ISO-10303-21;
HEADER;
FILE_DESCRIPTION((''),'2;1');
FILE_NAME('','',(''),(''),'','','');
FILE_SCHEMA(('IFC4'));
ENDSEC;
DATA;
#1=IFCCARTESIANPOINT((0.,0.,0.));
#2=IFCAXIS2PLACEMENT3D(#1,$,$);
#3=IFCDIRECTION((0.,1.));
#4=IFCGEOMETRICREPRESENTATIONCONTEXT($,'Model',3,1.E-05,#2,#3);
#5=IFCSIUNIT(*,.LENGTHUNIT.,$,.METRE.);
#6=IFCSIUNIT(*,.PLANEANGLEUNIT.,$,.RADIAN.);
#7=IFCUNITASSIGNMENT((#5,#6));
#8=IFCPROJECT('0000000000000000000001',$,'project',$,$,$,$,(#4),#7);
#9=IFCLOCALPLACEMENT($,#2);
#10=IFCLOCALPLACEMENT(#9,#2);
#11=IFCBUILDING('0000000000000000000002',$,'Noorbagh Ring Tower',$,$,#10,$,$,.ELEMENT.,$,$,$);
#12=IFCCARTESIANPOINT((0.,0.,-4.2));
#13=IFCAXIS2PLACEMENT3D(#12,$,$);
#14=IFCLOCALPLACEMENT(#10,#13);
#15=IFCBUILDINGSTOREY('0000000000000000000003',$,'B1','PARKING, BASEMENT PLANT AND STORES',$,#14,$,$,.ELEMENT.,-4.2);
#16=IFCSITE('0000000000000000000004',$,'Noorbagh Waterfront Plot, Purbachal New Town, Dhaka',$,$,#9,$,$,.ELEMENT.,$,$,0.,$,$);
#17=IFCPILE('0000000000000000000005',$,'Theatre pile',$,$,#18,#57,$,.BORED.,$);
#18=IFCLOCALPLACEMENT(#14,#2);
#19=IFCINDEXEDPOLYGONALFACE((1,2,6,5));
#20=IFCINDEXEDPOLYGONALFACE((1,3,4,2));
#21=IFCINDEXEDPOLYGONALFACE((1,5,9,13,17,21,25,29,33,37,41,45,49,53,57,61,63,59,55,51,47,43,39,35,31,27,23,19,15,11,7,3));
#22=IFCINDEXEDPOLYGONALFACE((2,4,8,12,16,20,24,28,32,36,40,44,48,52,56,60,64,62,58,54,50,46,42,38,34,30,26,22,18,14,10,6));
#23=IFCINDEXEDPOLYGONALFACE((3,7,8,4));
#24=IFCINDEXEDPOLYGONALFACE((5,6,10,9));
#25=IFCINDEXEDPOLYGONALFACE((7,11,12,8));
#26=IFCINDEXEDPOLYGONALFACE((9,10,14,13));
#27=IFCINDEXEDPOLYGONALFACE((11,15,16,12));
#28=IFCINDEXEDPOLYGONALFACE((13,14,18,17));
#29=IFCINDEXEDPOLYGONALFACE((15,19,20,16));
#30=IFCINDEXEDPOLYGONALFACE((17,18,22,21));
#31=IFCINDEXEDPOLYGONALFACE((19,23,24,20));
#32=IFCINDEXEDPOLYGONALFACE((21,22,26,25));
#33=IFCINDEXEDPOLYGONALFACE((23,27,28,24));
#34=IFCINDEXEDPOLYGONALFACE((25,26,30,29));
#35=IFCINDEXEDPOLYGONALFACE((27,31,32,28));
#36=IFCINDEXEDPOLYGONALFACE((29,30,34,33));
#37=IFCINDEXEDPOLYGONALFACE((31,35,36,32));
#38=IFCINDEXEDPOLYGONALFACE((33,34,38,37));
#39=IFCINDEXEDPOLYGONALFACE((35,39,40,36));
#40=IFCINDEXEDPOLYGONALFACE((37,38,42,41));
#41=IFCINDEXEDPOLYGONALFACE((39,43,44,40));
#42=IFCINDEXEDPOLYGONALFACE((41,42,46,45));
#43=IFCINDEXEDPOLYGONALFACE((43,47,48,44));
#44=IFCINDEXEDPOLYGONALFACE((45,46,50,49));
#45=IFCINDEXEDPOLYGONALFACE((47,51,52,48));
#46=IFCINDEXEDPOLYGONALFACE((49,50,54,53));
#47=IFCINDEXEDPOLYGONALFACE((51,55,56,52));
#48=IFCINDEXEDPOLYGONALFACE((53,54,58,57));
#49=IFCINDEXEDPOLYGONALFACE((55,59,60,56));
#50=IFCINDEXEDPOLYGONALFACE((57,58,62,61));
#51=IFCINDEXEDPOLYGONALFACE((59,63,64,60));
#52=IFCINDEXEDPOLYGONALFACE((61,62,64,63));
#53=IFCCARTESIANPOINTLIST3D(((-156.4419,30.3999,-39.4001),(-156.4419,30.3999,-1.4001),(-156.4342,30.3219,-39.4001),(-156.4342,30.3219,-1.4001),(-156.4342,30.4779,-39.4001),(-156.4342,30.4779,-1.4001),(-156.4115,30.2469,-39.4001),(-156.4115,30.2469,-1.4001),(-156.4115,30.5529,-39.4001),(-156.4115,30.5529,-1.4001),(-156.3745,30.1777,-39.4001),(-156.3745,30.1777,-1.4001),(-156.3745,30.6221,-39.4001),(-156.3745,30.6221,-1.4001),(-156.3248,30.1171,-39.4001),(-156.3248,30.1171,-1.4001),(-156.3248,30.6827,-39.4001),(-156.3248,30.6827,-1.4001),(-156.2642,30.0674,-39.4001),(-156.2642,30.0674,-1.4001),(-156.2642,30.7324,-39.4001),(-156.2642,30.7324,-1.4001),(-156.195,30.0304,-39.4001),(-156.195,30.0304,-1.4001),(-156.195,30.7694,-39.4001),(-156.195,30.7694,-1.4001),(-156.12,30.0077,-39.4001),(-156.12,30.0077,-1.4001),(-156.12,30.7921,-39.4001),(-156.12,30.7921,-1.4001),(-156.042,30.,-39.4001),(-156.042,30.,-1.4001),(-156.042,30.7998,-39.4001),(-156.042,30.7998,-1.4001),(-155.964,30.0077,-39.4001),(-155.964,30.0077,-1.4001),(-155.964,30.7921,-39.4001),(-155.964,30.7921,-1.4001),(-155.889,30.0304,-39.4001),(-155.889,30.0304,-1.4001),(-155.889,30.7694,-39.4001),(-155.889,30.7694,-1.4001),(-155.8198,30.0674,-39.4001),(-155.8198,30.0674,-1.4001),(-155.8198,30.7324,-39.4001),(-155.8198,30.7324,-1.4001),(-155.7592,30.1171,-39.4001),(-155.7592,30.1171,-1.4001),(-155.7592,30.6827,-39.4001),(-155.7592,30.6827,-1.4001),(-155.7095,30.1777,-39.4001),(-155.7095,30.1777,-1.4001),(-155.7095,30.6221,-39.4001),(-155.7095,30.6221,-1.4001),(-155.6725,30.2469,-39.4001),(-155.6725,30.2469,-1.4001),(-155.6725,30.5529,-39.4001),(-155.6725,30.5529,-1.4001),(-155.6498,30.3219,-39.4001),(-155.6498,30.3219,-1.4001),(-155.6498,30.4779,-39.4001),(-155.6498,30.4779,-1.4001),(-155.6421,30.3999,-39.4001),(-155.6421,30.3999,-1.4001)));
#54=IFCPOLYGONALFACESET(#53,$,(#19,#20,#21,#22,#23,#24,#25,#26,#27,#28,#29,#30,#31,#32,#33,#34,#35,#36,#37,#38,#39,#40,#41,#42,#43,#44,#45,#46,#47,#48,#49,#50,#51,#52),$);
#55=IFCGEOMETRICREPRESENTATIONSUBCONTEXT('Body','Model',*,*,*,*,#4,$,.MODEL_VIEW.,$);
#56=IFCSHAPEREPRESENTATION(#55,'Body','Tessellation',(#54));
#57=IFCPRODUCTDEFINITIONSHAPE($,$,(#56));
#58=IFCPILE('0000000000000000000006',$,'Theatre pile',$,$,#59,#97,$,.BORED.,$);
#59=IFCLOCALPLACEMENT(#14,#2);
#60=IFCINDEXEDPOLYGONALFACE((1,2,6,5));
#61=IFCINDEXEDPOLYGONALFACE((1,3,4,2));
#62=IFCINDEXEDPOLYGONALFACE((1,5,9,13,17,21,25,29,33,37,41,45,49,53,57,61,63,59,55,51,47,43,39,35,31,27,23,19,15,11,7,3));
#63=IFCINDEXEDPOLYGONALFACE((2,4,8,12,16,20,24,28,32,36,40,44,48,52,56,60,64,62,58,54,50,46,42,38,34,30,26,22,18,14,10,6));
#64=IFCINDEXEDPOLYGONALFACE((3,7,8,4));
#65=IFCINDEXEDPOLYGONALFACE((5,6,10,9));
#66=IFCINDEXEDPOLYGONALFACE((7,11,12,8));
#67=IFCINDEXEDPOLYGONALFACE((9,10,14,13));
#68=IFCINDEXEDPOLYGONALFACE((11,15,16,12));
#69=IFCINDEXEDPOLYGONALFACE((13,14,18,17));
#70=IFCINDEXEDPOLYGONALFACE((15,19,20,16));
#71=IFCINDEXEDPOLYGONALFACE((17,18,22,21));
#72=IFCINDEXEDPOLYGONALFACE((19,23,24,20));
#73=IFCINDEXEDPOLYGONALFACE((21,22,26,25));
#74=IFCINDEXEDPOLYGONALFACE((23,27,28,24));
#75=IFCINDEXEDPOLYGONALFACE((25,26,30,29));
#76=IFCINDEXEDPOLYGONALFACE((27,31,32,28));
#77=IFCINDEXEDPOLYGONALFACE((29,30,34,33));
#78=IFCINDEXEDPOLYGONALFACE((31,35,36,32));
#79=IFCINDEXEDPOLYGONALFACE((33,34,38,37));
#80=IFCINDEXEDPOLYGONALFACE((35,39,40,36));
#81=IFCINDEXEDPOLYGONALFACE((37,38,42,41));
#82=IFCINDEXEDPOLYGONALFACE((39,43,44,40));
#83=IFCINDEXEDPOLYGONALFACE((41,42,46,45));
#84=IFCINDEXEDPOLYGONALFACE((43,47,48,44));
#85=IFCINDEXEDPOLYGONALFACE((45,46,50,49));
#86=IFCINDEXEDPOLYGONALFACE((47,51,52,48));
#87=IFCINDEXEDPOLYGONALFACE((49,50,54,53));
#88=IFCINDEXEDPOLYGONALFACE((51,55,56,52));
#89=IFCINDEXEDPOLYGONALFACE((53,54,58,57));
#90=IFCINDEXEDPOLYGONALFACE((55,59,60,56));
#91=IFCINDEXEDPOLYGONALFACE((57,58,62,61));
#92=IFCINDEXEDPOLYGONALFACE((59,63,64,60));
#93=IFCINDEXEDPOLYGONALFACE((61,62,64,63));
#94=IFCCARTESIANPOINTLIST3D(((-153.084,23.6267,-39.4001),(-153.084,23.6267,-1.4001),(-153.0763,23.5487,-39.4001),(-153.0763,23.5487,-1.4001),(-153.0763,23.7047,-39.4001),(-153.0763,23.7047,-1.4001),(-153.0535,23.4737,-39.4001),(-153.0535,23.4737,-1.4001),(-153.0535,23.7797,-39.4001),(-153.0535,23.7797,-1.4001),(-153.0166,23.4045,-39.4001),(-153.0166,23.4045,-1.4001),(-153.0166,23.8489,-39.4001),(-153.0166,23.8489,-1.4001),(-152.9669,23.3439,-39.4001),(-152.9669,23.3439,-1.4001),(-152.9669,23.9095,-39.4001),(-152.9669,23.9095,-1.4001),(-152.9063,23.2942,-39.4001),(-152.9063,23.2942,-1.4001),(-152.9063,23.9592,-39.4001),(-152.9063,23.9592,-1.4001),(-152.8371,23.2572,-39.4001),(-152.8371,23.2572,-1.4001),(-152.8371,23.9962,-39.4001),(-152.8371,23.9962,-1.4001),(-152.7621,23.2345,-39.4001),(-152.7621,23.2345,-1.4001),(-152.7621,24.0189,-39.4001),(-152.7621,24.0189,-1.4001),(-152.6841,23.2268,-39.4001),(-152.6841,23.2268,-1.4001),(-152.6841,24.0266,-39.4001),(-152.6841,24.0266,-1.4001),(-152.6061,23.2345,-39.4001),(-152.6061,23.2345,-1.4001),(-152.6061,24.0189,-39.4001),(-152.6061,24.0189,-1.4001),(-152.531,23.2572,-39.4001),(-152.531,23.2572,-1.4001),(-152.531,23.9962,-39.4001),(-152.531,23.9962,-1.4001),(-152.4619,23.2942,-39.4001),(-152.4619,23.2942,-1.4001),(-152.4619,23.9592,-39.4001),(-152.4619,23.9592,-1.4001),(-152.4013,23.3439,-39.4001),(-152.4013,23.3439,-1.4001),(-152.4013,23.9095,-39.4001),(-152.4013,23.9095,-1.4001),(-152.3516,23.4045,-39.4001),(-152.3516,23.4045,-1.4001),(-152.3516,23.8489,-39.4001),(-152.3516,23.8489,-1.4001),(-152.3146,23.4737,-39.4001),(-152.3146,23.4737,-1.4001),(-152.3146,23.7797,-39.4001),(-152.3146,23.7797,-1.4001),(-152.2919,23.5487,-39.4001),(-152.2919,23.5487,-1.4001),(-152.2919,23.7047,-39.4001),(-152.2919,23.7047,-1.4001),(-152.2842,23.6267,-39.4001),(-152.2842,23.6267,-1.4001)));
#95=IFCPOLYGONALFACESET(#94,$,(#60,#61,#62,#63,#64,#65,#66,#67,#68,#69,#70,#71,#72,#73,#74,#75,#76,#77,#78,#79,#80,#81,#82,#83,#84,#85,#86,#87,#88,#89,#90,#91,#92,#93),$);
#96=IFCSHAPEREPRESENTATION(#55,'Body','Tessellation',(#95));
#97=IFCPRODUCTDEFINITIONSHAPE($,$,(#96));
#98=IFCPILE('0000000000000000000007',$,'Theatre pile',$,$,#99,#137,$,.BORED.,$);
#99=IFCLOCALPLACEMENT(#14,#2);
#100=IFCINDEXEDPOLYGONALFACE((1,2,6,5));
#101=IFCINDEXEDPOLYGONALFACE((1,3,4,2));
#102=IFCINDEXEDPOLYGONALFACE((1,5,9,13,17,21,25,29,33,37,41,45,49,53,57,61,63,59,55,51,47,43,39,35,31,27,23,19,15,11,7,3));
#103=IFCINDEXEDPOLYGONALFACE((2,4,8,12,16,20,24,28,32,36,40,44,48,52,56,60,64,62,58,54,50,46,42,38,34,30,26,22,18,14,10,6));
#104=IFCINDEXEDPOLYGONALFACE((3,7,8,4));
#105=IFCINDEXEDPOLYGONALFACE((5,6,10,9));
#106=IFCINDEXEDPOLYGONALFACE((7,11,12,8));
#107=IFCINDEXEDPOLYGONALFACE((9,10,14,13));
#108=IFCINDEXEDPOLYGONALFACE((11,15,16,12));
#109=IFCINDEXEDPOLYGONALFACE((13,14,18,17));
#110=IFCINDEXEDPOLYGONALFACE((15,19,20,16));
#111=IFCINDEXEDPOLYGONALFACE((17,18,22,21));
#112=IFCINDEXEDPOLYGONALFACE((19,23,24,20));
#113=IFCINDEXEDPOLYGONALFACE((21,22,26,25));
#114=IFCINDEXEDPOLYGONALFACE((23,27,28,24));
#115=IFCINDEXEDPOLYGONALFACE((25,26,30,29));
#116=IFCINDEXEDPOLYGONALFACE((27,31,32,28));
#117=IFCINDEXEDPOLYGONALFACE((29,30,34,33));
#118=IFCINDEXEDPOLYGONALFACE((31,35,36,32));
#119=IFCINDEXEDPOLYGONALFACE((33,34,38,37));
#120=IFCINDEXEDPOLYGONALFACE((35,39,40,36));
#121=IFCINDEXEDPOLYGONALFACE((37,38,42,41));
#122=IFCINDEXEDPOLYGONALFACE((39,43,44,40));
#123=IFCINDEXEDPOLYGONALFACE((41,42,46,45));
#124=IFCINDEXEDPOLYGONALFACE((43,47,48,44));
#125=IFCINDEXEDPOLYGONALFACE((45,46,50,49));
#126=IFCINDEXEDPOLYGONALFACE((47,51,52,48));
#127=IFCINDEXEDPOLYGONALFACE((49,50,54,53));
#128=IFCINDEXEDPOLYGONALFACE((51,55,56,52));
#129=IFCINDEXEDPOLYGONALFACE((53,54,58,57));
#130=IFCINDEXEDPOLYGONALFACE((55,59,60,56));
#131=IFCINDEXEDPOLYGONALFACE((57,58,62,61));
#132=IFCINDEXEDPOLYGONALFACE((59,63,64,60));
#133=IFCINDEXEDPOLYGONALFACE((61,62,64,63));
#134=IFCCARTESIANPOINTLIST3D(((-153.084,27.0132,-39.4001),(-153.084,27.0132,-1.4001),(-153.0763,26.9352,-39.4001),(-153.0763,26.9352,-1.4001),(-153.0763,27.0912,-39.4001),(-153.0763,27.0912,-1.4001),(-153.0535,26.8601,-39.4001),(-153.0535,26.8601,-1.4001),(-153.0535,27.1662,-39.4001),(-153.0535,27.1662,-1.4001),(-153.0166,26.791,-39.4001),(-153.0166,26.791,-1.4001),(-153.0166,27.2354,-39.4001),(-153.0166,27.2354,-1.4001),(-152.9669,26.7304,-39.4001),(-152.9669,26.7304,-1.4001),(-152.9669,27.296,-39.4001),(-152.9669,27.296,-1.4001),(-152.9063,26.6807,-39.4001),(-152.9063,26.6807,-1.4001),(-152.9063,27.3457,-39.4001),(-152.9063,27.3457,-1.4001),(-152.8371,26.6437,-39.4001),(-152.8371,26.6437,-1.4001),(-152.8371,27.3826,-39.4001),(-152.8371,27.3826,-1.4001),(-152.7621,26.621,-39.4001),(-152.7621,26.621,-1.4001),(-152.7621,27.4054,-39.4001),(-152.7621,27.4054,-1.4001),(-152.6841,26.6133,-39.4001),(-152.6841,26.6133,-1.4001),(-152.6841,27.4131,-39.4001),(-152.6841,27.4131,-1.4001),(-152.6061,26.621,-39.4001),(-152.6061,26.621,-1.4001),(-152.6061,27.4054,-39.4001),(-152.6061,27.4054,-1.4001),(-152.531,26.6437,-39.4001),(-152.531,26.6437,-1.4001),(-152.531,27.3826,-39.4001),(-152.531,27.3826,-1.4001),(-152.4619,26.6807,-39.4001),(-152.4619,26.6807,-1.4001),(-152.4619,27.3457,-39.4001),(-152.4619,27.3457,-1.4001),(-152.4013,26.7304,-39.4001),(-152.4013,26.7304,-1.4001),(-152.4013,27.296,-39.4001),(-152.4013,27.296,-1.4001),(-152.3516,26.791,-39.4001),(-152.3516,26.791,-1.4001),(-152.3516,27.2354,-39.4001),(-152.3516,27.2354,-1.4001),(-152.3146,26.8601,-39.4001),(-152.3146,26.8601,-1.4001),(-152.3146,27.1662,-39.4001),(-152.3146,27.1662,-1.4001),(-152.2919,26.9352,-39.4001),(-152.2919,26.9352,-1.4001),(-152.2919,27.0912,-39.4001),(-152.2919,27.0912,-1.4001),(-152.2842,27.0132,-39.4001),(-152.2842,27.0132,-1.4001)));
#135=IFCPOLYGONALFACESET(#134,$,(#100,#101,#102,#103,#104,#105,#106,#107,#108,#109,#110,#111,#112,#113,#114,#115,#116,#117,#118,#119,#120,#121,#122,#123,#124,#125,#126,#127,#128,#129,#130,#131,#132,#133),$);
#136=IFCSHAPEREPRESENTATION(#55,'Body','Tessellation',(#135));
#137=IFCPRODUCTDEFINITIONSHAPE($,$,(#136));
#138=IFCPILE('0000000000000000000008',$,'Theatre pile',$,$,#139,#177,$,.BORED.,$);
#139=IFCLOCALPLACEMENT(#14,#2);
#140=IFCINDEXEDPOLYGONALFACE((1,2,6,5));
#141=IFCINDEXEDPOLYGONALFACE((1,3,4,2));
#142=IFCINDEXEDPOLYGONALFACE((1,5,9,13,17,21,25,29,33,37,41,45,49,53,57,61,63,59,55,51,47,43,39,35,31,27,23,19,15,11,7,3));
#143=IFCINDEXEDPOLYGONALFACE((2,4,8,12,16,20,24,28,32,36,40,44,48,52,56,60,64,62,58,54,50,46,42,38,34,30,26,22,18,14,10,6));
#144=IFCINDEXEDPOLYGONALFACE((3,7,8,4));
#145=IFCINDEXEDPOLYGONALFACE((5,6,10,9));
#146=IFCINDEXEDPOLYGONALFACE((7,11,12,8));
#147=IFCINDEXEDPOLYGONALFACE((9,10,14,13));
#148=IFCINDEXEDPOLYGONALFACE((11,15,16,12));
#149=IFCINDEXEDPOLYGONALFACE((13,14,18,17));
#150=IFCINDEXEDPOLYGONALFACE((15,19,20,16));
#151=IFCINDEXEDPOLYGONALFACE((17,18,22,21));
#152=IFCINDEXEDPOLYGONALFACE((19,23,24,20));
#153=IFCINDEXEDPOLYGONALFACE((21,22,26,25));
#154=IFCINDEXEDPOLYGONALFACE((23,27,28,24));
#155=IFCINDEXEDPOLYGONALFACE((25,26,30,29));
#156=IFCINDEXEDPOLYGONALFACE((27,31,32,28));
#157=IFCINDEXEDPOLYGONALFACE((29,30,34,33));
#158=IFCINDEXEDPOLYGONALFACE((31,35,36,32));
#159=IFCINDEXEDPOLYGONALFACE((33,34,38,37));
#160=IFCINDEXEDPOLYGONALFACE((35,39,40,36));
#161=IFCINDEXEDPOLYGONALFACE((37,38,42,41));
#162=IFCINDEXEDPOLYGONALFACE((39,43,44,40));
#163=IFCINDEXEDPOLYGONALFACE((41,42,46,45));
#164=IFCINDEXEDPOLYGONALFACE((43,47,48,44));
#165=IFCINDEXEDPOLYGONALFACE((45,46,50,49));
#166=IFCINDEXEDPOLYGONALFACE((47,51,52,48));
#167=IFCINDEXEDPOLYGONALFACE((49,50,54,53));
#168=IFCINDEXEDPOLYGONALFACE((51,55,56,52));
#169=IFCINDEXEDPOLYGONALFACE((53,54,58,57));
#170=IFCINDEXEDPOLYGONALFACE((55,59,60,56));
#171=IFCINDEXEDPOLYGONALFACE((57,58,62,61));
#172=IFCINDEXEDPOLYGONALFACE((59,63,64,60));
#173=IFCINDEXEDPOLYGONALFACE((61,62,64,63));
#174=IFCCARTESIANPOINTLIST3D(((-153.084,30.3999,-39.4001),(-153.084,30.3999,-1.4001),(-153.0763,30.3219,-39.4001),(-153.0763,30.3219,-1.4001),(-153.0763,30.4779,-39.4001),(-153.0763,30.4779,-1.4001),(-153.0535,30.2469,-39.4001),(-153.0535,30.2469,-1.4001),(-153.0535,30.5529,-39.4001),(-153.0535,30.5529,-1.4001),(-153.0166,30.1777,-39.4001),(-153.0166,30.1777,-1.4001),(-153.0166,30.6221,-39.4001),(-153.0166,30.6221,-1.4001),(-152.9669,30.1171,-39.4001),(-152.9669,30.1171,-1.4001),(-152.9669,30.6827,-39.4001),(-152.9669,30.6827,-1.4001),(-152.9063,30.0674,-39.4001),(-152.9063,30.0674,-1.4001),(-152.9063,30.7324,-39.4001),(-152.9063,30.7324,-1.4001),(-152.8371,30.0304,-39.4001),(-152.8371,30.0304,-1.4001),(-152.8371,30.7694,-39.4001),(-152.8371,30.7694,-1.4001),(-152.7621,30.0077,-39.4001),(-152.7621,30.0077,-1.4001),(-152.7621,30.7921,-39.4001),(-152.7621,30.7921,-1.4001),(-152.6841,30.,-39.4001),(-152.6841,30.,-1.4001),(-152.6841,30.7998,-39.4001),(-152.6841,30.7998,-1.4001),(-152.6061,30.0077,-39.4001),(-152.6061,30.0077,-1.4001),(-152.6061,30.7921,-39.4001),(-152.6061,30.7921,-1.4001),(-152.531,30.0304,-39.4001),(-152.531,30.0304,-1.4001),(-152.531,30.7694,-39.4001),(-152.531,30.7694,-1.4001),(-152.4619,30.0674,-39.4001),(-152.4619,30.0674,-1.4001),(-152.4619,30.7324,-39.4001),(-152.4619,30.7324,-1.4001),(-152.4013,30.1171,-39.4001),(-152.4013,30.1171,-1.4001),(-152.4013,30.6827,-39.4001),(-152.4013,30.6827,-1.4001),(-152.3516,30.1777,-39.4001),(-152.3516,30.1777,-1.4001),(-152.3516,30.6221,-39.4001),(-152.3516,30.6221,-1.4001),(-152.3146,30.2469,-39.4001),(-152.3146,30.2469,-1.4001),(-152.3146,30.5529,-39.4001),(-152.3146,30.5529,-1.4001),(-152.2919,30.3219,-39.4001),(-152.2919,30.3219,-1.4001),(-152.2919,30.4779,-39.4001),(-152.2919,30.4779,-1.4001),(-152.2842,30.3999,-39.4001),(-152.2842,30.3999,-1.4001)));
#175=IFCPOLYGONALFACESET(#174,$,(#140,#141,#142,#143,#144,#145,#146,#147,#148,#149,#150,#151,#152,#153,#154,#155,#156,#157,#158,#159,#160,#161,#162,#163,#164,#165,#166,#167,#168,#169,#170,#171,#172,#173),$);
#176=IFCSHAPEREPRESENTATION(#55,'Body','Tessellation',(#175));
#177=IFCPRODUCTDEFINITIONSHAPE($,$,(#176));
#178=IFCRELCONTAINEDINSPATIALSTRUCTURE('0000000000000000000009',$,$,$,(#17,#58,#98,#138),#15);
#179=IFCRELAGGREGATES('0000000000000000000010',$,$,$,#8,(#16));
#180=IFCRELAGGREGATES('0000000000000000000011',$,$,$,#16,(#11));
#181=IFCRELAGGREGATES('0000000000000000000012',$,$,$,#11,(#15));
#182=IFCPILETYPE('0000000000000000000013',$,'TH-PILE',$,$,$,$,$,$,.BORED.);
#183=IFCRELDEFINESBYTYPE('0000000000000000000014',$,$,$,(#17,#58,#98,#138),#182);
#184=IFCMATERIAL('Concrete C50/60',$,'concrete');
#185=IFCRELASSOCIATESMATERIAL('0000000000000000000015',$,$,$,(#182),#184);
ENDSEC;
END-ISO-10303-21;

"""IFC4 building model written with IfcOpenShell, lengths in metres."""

from ifc_helpers import new_model, si_unit, direction, frame, origin, origin_2d, place, context, subcontext, project, spatial, circle, extrude, material, material_profile, profile_set, type_object, element, save


model = new_model("IFC4")

# Units and contexts
model_context = context("Model", 3, precision=1e-05, world=origin(), true_north=direction((0.0, 1.0)))
body_context = subcontext(model_context, "Body", "Model", "MODEL_VIEW")
ifc_project = project(units=[si_unit("LENGTHUNIT", "METRE"), si_unit("PLANEANGLEUNIT", "RADIAN")], contexts=[model_context])

# Site, building, storey
site_placement = place(None, origin())
site = spatial("IfcSite", under=ifc_project, at=site_placement, Name="Noorbagh Waterfront Plot, Purbachal New Town, Dhaka", CompositionType="ELEMENT", RefElevation=0.0)
building_placement = place(site_placement, origin())
building = spatial("IfcBuilding", under=site, at=building_placement, Name="Noorbagh Ring Tower", CompositionType="ELEMENT")
storey_placement = place(building_placement, frame((0.0, 0.0, -4.2)))
storey = spatial("IfcBuildingStorey", under=building, at=storey_placement, Name="B1", Description="PARKING, BASEMENT PLANT AND STORES", CompositionType="ELEMENT", Elevation=-4.2)

# Piles
ifc_material_1 = material(Name="Concrete C50/60", Category="concrete")
ifc_material_profile_1 = material_profile(ifc_material_1, circle(Radius=0.3999, at=origin_2d()), Name="PILE800")
ifc_profile_set_1 = profile_set([ifc_material_profile_1], Name="Concrete C50/60")
pile_type = type_object("IfcPileType", Name="TH-PILE", PredefinedType="BORED", material=ifc_profile_set_1)
for number, where, z_axis, x_axis, name in (
    (1, (-156.042, 30.3999, -1.4001), (0.0, 0.0, -1.0), (1.0, 0.0, 0.0), "Theatre pile"),
    (2, (-152.6841, 23.6267, -1.4001), (0.0, 0.0, -1.0), (1.0, 0.0, 0.0), "Theatre pile"),
    (3, (-152.6841, 27.0132, -1.4001), (0.0, 0.0, -1.0), (1.0, 0.0, 0.0), "Theatre pile"),
    (4, (-152.6841, 30.3999, -1.4001), (0.0, 0.0, -1.0), (1.0, 0.0, 0.0), "Theatre pile"),
):
    element("IfcPile", number, at=place(storey_placement, frame(where, z_axis=z_axis, x_axis=x_axis)), inside=storey, type_object=pile_type, Name=name, PredefinedType="BORED", context=body_context, shape_type="SweptSolid", body=[
        extrude(circle(Radius=0.3999, at=origin_2d()), origin(), (0.0, 0.0, 1.0), 38.0),
    ])

save(model, "model.ifc")
